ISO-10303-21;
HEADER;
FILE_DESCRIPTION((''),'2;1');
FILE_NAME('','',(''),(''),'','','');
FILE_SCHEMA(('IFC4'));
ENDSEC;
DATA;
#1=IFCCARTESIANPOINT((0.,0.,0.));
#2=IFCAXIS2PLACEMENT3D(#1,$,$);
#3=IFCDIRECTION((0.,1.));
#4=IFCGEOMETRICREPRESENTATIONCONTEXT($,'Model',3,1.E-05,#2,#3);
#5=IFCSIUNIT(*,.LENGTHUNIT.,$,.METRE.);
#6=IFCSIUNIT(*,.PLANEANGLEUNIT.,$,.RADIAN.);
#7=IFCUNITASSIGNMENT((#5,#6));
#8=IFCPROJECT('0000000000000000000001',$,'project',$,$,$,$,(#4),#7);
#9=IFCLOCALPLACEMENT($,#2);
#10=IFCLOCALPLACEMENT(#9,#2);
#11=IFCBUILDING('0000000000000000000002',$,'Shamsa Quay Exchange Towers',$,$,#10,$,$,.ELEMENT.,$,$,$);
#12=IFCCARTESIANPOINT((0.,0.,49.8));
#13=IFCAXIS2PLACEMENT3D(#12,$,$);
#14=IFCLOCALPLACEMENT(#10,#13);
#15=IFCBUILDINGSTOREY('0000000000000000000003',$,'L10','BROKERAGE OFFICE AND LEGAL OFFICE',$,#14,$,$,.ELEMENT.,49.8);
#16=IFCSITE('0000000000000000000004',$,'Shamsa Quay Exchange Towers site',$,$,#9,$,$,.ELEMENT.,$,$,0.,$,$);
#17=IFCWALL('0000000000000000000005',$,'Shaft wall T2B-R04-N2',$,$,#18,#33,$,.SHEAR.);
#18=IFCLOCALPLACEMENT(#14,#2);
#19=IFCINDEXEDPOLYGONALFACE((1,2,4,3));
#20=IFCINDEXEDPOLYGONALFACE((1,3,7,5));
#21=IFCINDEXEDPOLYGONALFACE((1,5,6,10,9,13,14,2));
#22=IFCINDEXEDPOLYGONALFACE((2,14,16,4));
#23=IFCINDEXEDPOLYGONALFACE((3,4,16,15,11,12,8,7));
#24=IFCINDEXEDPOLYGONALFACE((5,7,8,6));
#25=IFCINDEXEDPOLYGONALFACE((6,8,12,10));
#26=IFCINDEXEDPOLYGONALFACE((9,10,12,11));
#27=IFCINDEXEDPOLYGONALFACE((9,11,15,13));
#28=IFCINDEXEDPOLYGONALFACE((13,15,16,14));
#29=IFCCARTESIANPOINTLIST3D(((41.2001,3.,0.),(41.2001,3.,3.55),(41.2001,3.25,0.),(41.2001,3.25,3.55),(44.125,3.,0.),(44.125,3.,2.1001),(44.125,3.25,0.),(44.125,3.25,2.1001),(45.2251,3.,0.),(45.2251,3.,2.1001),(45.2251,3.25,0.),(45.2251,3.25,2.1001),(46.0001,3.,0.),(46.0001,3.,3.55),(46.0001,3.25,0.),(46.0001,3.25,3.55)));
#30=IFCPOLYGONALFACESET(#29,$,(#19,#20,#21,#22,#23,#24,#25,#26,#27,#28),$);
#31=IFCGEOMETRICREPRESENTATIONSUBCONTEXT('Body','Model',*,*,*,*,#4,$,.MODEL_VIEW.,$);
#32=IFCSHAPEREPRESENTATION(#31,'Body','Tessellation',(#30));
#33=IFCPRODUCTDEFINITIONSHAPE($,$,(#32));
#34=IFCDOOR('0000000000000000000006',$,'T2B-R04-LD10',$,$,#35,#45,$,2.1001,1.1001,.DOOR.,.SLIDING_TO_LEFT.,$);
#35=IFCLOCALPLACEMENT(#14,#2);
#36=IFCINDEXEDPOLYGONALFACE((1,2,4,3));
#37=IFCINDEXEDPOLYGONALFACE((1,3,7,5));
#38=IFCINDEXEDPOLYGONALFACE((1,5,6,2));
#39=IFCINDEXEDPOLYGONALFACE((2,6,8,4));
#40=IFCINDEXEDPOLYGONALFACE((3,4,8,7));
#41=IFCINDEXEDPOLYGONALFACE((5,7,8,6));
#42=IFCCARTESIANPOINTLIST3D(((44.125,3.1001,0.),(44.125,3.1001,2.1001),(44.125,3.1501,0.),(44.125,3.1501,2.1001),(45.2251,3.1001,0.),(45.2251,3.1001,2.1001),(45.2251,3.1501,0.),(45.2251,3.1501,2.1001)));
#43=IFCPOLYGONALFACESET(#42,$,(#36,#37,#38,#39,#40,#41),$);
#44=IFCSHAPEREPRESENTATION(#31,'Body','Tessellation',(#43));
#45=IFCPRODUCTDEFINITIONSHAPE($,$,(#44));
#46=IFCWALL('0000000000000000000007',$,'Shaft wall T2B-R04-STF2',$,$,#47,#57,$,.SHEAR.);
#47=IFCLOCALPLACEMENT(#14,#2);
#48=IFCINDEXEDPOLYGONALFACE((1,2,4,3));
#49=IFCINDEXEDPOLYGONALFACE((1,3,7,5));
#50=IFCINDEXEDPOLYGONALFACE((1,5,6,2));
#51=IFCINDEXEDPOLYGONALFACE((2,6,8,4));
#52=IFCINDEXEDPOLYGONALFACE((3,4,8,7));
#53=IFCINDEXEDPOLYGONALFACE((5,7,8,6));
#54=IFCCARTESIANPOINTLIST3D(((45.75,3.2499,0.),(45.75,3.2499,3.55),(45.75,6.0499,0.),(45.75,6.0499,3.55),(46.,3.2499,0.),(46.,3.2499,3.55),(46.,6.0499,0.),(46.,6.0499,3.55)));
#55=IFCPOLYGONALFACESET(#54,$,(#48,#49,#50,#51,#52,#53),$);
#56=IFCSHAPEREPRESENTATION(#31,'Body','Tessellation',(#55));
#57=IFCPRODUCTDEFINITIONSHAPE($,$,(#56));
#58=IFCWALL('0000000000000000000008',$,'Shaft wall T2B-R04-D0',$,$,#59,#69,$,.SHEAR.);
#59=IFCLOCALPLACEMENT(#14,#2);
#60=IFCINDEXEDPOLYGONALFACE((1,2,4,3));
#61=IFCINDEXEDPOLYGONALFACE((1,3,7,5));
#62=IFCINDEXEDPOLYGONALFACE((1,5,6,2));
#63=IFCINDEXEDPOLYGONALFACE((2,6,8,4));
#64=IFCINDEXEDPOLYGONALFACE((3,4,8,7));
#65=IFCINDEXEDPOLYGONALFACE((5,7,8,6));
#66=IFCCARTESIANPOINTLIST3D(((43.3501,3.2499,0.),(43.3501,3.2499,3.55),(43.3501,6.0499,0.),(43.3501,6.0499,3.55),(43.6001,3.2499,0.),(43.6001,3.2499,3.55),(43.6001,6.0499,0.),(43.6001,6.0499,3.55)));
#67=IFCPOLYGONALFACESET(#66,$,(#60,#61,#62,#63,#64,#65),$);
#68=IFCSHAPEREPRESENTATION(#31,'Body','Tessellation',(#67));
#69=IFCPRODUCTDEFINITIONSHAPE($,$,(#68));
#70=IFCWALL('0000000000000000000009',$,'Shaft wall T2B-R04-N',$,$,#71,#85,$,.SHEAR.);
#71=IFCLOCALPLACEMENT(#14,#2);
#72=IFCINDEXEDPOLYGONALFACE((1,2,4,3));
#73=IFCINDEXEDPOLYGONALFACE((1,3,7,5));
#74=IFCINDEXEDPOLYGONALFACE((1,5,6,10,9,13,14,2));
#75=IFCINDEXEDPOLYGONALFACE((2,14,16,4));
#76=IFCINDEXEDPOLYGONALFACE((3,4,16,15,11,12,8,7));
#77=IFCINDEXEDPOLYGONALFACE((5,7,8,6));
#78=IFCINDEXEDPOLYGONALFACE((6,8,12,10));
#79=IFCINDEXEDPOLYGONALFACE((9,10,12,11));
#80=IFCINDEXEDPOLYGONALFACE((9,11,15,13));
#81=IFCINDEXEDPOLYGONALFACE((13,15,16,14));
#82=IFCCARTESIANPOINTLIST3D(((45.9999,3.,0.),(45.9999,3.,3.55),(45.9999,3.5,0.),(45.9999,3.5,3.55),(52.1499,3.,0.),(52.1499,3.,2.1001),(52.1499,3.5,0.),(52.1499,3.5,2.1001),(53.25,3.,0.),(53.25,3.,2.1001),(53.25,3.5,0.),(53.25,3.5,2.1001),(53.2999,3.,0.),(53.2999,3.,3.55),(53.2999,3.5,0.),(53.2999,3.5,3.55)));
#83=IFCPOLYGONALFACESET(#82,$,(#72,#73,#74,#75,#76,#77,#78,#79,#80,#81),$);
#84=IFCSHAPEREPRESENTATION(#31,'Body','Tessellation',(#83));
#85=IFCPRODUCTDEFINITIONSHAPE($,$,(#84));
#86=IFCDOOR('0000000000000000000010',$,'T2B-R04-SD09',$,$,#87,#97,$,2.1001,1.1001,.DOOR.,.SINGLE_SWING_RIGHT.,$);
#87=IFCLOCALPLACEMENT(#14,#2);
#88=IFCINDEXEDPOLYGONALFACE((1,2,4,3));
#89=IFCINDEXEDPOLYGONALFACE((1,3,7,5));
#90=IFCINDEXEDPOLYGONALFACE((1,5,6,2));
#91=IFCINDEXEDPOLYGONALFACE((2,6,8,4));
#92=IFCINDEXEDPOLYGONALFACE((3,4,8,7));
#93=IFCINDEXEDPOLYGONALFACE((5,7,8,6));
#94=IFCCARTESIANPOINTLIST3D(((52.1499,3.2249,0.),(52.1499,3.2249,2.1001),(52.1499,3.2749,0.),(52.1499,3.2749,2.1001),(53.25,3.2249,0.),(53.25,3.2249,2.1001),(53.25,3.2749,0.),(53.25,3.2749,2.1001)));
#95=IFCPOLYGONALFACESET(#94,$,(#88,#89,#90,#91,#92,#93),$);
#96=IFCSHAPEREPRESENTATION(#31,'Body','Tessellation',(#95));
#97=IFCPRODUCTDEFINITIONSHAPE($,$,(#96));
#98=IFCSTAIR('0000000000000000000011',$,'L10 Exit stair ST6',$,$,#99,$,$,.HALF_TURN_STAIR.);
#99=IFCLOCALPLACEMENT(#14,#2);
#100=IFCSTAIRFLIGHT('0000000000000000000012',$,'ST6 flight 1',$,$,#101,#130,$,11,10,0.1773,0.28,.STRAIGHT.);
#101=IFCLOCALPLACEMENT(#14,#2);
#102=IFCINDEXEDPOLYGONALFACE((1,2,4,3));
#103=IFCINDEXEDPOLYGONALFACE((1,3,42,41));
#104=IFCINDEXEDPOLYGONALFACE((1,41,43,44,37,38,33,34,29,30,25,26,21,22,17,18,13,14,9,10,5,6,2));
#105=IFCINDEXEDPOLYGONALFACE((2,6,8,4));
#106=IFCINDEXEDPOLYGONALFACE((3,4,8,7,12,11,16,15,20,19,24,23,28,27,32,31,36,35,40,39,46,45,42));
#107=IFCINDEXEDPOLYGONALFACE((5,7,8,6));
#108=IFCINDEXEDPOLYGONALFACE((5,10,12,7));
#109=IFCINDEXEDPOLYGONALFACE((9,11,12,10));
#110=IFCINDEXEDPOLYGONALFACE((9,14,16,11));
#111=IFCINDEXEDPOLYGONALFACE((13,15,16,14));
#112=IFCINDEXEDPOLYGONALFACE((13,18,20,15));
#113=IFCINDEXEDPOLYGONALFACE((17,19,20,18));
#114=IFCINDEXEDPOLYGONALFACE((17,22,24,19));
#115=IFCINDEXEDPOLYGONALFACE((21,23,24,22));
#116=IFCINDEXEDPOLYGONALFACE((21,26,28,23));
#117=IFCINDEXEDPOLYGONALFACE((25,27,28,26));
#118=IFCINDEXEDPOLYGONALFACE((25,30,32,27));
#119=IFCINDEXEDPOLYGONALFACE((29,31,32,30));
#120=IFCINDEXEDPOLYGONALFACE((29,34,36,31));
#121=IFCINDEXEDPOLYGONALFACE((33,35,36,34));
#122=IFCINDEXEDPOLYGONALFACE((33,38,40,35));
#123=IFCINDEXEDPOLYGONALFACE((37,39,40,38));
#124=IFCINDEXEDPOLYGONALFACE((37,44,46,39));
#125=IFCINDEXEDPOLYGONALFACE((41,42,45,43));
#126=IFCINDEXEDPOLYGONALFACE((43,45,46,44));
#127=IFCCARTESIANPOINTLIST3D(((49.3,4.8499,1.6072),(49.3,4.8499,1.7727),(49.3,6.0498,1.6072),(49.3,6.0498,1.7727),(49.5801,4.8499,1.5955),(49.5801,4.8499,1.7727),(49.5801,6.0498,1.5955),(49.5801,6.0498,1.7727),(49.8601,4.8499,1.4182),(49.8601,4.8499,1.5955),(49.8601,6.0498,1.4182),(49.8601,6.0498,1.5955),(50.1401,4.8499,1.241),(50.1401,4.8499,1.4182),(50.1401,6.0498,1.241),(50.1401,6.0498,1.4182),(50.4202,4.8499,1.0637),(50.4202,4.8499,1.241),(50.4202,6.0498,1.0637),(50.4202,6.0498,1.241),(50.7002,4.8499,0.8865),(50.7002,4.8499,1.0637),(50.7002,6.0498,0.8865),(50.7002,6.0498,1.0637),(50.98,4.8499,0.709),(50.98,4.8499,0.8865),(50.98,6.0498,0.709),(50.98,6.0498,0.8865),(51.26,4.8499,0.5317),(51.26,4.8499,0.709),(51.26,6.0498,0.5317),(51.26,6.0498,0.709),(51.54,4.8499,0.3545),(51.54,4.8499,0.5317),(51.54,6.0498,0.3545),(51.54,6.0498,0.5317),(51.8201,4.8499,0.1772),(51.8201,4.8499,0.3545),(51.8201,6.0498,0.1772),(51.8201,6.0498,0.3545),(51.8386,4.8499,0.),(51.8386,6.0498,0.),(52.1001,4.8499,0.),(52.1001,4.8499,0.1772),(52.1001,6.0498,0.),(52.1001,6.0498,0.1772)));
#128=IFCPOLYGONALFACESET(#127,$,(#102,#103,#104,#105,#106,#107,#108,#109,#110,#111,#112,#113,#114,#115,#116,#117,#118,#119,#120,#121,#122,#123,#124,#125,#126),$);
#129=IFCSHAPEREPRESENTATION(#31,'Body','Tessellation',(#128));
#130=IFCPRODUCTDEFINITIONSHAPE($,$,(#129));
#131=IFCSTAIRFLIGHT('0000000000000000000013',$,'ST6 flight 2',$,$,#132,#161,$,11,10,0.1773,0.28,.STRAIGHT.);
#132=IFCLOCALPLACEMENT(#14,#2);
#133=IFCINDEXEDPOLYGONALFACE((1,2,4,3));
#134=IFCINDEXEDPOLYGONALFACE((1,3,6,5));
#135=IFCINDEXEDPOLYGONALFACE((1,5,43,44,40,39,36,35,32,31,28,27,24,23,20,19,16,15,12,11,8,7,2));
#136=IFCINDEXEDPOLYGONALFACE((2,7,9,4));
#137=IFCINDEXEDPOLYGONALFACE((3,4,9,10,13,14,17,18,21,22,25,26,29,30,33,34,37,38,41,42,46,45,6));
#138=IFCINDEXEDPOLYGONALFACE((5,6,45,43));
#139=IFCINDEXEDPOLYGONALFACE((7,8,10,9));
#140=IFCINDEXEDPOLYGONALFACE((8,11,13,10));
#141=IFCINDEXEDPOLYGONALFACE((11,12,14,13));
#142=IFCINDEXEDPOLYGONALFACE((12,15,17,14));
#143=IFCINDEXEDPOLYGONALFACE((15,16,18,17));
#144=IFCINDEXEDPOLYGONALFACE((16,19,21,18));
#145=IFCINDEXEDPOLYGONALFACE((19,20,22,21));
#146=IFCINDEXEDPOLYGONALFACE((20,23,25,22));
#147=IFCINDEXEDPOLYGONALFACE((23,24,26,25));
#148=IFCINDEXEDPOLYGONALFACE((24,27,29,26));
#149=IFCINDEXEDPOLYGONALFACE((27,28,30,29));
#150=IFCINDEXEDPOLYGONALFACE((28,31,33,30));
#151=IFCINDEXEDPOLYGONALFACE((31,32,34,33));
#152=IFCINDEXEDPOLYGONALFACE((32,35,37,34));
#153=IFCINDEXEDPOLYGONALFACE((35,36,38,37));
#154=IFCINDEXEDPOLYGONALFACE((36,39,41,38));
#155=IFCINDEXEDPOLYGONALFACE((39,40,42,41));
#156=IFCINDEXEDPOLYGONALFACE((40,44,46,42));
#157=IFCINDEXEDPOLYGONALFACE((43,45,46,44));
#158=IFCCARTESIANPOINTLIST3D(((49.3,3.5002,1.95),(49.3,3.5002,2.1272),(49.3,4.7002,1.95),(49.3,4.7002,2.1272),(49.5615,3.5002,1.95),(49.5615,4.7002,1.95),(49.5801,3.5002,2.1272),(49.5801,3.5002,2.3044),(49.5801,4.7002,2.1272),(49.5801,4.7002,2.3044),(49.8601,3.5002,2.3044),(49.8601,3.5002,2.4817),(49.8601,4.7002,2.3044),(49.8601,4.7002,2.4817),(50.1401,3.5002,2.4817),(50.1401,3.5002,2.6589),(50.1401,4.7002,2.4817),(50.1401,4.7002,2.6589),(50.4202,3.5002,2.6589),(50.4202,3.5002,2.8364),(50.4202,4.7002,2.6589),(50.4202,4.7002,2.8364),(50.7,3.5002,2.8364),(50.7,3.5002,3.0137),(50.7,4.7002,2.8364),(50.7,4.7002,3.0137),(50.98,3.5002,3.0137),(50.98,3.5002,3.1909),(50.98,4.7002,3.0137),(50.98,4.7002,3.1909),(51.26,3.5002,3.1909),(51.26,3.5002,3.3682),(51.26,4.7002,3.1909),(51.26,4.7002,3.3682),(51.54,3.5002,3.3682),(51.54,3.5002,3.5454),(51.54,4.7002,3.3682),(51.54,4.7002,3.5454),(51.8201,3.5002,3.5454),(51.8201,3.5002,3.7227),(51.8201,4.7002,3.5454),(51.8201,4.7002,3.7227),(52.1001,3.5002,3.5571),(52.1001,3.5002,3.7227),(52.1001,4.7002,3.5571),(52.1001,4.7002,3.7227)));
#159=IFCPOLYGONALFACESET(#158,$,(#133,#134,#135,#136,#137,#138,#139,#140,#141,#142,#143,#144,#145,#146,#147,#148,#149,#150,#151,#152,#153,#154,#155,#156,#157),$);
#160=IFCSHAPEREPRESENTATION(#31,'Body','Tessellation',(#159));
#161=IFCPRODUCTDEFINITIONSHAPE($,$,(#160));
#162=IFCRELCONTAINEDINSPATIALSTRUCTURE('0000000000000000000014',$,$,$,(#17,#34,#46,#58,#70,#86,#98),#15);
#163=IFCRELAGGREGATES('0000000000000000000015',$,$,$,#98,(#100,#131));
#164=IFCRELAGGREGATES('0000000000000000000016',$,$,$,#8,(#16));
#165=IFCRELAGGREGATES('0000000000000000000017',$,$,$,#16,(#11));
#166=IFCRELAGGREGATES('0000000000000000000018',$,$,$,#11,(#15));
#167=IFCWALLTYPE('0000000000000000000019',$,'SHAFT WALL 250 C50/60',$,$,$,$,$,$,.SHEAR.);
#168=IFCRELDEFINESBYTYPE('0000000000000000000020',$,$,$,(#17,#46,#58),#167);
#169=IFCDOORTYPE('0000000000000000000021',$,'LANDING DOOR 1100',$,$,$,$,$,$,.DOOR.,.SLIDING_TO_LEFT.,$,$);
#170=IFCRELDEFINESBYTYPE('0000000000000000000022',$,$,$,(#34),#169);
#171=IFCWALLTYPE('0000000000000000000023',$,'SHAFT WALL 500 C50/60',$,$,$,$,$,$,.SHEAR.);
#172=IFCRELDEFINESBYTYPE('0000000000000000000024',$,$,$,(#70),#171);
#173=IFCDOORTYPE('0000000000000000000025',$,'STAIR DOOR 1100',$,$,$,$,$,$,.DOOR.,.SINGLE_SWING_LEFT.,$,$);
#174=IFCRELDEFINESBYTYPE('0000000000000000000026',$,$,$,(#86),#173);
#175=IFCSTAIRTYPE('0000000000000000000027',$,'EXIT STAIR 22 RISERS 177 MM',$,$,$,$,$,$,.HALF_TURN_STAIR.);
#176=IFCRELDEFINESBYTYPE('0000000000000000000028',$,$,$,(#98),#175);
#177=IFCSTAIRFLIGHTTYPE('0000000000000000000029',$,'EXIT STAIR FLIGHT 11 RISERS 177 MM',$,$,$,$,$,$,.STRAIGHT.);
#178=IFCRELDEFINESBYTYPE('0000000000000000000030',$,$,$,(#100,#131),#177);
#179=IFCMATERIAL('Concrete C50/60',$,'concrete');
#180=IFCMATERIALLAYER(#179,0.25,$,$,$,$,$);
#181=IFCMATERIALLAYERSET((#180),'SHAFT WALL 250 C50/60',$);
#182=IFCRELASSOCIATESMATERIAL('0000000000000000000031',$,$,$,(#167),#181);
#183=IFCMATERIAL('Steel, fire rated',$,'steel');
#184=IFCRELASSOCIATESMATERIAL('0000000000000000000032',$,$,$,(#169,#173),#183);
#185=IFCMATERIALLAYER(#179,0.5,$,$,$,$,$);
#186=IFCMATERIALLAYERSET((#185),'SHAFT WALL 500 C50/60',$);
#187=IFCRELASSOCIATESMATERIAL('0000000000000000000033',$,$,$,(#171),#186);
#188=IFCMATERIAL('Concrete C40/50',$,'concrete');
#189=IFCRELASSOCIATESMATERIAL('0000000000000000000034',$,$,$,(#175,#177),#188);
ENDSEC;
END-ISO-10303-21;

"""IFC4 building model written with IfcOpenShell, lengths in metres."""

from ifc_helpers import new_model, si_unit, direction, frame, frame_2d, origin, place, context, subcontext, project, spatial, polyline, rectangle, outline, extrude, material, layer, layer_set, type_object, element, fill, aggregate, save


model = new_model("IFC4")

# Units and contexts
model_context = context("Model", 3, precision=1e-05, world=origin(), true_north=direction((0.0, 1.0)))
body_context = subcontext(model_context, "Body", "Model", "MODEL_VIEW")
ifc_project = project(units=[si_unit("LENGTHUNIT", "METRE"), si_unit("PLANEANGLEUNIT", "RADIAN")], contexts=[model_context])

# Site, building, storey
site_placement = place(None, origin())
site = spatial("IfcSite", under=ifc_project, at=site_placement, Name="Shamsa Quay Exchange Towers site", CompositionType="ELEMENT", RefElevation=0.0)
building_placement = place(site_placement, origin())
building = spatial("IfcBuilding", under=site, at=building_placement, Name="Shamsa Quay Exchange Towers", CompositionType="ELEMENT")
storey_placement = place(building_placement, frame((0.0, 0.0, 49.8)))
storey = spatial("IfcBuildingStorey", under=building, at=storey_placement, Name="L10", Description="BROKERAGE OFFICE AND LEGAL OFFICE", CompositionType="ELEMENT", Elevation=49.8)

# Wall, opening, door
ifc_material_1 = material(Name="Concrete C50/60", Category="concrete")
ifc_layer_1 = layer(ifc_material_1, 0.25)
ifc_layer_set_1 = layer_set([ifc_layer_1], Name="SHAFT WALL 250 C50/60")
wall_type_1 = type_object("IfcWallType", Name="SHAFT WALL 250 C50/60", PredefinedType="SHEAR", material=ifc_layer_set_1)
wall_1_placement = place(storey_placement, frame((46.0, 3.125, 0.0), z_axis=(0.0, 0.0, 1.0), x_axis=(-1.0, 0.0, 0.0)))
wall_1 = element("IfcWall", 1, at=wall_1_placement, inside=storey, type_object=wall_type_1, Name="Shaft wall T2B-R04-N2", PredefinedType="SHEAR", context=body_context, shape_type="SweptSolid", body=[
    extrude(rectangle(XDim=4.8, YDim=0.25, at=frame_2d((2.3999, 0.0))), origin(), (0.0, 0.0, 1.0), 3.55),
])
opening_1_placement = place(wall_1_placement, frame((0.7749, 0.0, 0.0)))
opening_1 = element("IfcOpeningElement", 2, at=opening_1_placement, cuts=wall_1, PredefinedType="OPENING", context=body_context, shape_type="SweptSolid", body=[
    extrude(rectangle(XDim=1.1001, YDim=2.1001, at=frame_2d((0.55, 1.05))), frame((0.0, 0.135, 0.0), z_axis=(0.0, -1.0, 0.0), x_axis=(1.0, 0.0, 0.0)), (0.0, 0.0, 1.0), 0.27),
])
ifc_material_2 = material(Name="Steel, fire rated", Category="steel")
door_type_1 = type_object("IfcDoorType", Name="LANDING DOOR 1100", OperationType="SLIDING_TO_LEFT", PredefinedType="DOOR", material=ifc_material_2)
door_1_placement = place(opening_1_placement, origin())
door_1 = element("IfcDoor", 3, at=door_1_placement, inside=storey, type_object=door_type_1, Name="T2B-R04-LD10", OperationType="SLIDING_TO_LEFT", OverallHeight=2.1001, OverallWidth=1.1001, PredefinedType="DOOR", context=body_context, shape_type="SweptSolid", body=[
    extrude(rectangle(XDim=1.1001, YDim=2.1001, at=frame_2d((0.55, 1.05))), frame((0.0, 0.0249, 0.0), z_axis=(0.0, -1.0, 0.0), x_axis=(1.0, 0.0, 0.0)), (0.0, 0.0, 1.0), 0.05),
])
fill(opening_1, door_1)

# Walls
for number, where, z_axis, x_axis, name in (
    (4, (45.875, 3.25, 0.0), (0.0, 0.0, 1.0), (0.0, 1.0, 0.0), "Shaft wall T2B-R04-STF2"),
    (5, (43.4751, 3.25, 0.0), (0.0, 0.0, 1.0), (0.0, 1.0, 0.0), "Shaft wall T2B-R04-D0"),
):
    element("IfcWall", number, at=place(storey_placement, frame(where, z_axis=z_axis, x_axis=x_axis)), inside=storey, type_object=wall_type_1, Name=name, PredefinedType="SHEAR", context=body_context, shape_type="SweptSolid", body=[
        extrude(rectangle(XDim=2.8, YDim=0.25, at=frame_2d((1.3999, 0.0))), origin(), (0.0, 0.0, 1.0), 3.55),
    ])

# Wall, opening, door
ifc_layer_2 = layer(ifc_material_1, 0.5)
ifc_layer_set_2 = layer_set([ifc_layer_2], Name="SHAFT WALL 500 C50/60")
wall_type_2 = type_object("IfcWallType", Name="SHAFT WALL 500 C50/60", PredefinedType="SHEAR", material=ifc_layer_set_2)
wall_2_placement = place(storey_placement, frame((46.0, 3.25, 0.0)))
wall_2 = element("IfcWall", 6, at=wall_2_placement, inside=storey, type_object=wall_type_2, Name="Shaft wall T2B-R04-N", PredefinedType="SHEAR", context=body_context, shape_type="SweptSolid", body=[
    extrude(rectangle(XDim=7.3, YDim=0.5, at=frame_2d((3.6499, 0.0))), origin(), (0.0, 0.0, 1.0), 3.55),
])
opening_2_placement = place(wall_2_placement, frame((6.1499, 0.0, 0.0)))
opening_2 = element("IfcOpeningElement", 7, at=opening_2_placement, cuts=wall_2, PredefinedType="OPENING", context=body_context, shape_type="SweptSolid", body=[
    extrude(rectangle(XDim=1.1001, YDim=2.1001, at=frame_2d((0.55, 1.05))), frame((0.0, 0.26, 0.0), z_axis=(0.0, -1.0, 0.0), x_axis=(1.0, 0.0, 0.0)), (0.0, 0.0, 1.0), 0.52),
])
door_type_2 = type_object("IfcDoorType", Name="STAIR DOOR 1100", OperationType="SINGLE_SWING_LEFT", PredefinedType="DOOR", material=ifc_material_2)
door_2_placement = place(opening_2_placement, origin())
door_2 = element("IfcDoor", 8, at=door_2_placement, inside=storey, type_object=door_type_2, Name="T2B-R04-SD09", OperationType="SINGLE_SWING_RIGHT", OverallHeight=2.1001, OverallWidth=1.1001, PredefinedType="DOOR", context=body_context, shape_type="SweptSolid", body=[
    extrude(rectangle(XDim=1.1001, YDim=2.1001, at=frame_2d((0.55, 1.05))), frame((0.0, 0.0249, 0.0), z_axis=(0.0, -1.0, 0.0), x_axis=(1.0, 0.0, 0.0)), (0.0, 0.0, 1.0), 0.05),
])
fill(opening_2, door_2)

# Stair, stair flights
ifc_material_3 = material(Name="Concrete C40/50", Category="concrete")
stair_type = type_object("IfcStairType", Name="EXIT STAIR 22 RISERS 177 MM", PredefinedType="HALF_TURN_STAIR", material=ifc_material_3)
stair_placement = place(storey_placement, origin())
stair = element("IfcStair", 9, at=stair_placement, inside=storey, type_object=stair_type, Name="L10 Exit stair ST6", PredefinedType="HALF_TURN_STAIR")
stair_flight_type = type_object("IfcStairFlightType", Name="EXIT STAIR FLIGHT 11 RISERS 177 MM", PredefinedType="STRAIGHT", material=ifc_material_3)
stair_flight_1_placement = place(storey_placement, frame((52.1001, 5.45, 0.0), z_axis=(0.0, 0.0, 1.0), x_axis=(-1.0, 0.0, 0.0)))
stair_flight_1 = element("IfcStairFlight", 10, at=stair_flight_1_placement, type_object=stair_flight_type, Name="ST6 flight 1", NumberOfRisers=11, NumberOfTreads=10, PredefinedType="STRAIGHT", RiserHeight=0.1773, TreadLength=0.28, context=body_context, shape_type="SweptSolid", body=[
    extrude(outline(polyline([(0.0, 0.0), (0.0, 0.1772), (0.28, 0.1772), (0.28, 0.3545), (0.5601, 0.3545), (0.5601, 0.5317), (0.8401, 0.5317), (0.8401, 0.709), (1.1201, 0.709), (1.1201, 0.8865), (1.3999, 0.8865), (1.3999, 1.0637), (1.6799, 1.0637), (1.6799, 1.241), (1.96, 1.241), (1.96, 1.4182), (2.24, 1.4182), (2.24, 1.5955), (2.52, 1.5955), (2.52, 1.7727), (2.8, 1.7727), (2.8, 1.95), (2.8, 1.6072), (0.2615, 0.0), (0.0, 0.0)])), frame((0.0, 0.6001, 0.0), z_axis=(0.0, -1.0, 0.0), x_axis=(1.0, 0.0, 0.0)), (0.0, 0.0, 1.0), 1.2),
])
stair_flight_2_placement = place(storey_placement, frame((49.3, 4.1001, 1.95)))
stair_flight_2 = element("IfcStairFlight", 11, at=stair_flight_2_placement, type_object=stair_flight_type, Name="ST6 flight 2", NumberOfRisers=11, NumberOfTreads=10, PredefinedType="STRAIGHT", RiserHeight=0.1773, TreadLength=0.28, context=body_context, shape_type="SweptSolid", body=[
    extrude(outline(polyline([(0.0, 0.0), (0.0, 0.1772), (0.28, 0.1772), (0.28, 0.3545), (0.5601, 0.3545), (0.5601, 0.5317), (0.8401, 0.5317), (0.8401, 0.709), (1.1201, 0.709), (1.1201, 0.8865), (1.3999, 0.8865), (1.3999, 1.0637), (1.6799, 1.0637), (1.6799, 1.241), (1.96, 1.241), (1.96, 1.4182), (2.24, 1.4182), (2.24, 1.5955), (2.52, 1.5955), (2.52, 1.7727), (2.8, 1.7727), (2.8, 1.95), (2.8, 1.6072), (0.2615, 0.0), (0.0, 0.0)])), frame((0.0, 0.6001, 0.0), z_axis=(0.0, -1.0, 0.0), x_axis=(1.0, 0.0, 0.0)), (0.0, 0.0, 1.0), 1.2),
])
aggregate(stair, [stair_flight_1, stair_flight_2])

save(model, "model.ifc")
